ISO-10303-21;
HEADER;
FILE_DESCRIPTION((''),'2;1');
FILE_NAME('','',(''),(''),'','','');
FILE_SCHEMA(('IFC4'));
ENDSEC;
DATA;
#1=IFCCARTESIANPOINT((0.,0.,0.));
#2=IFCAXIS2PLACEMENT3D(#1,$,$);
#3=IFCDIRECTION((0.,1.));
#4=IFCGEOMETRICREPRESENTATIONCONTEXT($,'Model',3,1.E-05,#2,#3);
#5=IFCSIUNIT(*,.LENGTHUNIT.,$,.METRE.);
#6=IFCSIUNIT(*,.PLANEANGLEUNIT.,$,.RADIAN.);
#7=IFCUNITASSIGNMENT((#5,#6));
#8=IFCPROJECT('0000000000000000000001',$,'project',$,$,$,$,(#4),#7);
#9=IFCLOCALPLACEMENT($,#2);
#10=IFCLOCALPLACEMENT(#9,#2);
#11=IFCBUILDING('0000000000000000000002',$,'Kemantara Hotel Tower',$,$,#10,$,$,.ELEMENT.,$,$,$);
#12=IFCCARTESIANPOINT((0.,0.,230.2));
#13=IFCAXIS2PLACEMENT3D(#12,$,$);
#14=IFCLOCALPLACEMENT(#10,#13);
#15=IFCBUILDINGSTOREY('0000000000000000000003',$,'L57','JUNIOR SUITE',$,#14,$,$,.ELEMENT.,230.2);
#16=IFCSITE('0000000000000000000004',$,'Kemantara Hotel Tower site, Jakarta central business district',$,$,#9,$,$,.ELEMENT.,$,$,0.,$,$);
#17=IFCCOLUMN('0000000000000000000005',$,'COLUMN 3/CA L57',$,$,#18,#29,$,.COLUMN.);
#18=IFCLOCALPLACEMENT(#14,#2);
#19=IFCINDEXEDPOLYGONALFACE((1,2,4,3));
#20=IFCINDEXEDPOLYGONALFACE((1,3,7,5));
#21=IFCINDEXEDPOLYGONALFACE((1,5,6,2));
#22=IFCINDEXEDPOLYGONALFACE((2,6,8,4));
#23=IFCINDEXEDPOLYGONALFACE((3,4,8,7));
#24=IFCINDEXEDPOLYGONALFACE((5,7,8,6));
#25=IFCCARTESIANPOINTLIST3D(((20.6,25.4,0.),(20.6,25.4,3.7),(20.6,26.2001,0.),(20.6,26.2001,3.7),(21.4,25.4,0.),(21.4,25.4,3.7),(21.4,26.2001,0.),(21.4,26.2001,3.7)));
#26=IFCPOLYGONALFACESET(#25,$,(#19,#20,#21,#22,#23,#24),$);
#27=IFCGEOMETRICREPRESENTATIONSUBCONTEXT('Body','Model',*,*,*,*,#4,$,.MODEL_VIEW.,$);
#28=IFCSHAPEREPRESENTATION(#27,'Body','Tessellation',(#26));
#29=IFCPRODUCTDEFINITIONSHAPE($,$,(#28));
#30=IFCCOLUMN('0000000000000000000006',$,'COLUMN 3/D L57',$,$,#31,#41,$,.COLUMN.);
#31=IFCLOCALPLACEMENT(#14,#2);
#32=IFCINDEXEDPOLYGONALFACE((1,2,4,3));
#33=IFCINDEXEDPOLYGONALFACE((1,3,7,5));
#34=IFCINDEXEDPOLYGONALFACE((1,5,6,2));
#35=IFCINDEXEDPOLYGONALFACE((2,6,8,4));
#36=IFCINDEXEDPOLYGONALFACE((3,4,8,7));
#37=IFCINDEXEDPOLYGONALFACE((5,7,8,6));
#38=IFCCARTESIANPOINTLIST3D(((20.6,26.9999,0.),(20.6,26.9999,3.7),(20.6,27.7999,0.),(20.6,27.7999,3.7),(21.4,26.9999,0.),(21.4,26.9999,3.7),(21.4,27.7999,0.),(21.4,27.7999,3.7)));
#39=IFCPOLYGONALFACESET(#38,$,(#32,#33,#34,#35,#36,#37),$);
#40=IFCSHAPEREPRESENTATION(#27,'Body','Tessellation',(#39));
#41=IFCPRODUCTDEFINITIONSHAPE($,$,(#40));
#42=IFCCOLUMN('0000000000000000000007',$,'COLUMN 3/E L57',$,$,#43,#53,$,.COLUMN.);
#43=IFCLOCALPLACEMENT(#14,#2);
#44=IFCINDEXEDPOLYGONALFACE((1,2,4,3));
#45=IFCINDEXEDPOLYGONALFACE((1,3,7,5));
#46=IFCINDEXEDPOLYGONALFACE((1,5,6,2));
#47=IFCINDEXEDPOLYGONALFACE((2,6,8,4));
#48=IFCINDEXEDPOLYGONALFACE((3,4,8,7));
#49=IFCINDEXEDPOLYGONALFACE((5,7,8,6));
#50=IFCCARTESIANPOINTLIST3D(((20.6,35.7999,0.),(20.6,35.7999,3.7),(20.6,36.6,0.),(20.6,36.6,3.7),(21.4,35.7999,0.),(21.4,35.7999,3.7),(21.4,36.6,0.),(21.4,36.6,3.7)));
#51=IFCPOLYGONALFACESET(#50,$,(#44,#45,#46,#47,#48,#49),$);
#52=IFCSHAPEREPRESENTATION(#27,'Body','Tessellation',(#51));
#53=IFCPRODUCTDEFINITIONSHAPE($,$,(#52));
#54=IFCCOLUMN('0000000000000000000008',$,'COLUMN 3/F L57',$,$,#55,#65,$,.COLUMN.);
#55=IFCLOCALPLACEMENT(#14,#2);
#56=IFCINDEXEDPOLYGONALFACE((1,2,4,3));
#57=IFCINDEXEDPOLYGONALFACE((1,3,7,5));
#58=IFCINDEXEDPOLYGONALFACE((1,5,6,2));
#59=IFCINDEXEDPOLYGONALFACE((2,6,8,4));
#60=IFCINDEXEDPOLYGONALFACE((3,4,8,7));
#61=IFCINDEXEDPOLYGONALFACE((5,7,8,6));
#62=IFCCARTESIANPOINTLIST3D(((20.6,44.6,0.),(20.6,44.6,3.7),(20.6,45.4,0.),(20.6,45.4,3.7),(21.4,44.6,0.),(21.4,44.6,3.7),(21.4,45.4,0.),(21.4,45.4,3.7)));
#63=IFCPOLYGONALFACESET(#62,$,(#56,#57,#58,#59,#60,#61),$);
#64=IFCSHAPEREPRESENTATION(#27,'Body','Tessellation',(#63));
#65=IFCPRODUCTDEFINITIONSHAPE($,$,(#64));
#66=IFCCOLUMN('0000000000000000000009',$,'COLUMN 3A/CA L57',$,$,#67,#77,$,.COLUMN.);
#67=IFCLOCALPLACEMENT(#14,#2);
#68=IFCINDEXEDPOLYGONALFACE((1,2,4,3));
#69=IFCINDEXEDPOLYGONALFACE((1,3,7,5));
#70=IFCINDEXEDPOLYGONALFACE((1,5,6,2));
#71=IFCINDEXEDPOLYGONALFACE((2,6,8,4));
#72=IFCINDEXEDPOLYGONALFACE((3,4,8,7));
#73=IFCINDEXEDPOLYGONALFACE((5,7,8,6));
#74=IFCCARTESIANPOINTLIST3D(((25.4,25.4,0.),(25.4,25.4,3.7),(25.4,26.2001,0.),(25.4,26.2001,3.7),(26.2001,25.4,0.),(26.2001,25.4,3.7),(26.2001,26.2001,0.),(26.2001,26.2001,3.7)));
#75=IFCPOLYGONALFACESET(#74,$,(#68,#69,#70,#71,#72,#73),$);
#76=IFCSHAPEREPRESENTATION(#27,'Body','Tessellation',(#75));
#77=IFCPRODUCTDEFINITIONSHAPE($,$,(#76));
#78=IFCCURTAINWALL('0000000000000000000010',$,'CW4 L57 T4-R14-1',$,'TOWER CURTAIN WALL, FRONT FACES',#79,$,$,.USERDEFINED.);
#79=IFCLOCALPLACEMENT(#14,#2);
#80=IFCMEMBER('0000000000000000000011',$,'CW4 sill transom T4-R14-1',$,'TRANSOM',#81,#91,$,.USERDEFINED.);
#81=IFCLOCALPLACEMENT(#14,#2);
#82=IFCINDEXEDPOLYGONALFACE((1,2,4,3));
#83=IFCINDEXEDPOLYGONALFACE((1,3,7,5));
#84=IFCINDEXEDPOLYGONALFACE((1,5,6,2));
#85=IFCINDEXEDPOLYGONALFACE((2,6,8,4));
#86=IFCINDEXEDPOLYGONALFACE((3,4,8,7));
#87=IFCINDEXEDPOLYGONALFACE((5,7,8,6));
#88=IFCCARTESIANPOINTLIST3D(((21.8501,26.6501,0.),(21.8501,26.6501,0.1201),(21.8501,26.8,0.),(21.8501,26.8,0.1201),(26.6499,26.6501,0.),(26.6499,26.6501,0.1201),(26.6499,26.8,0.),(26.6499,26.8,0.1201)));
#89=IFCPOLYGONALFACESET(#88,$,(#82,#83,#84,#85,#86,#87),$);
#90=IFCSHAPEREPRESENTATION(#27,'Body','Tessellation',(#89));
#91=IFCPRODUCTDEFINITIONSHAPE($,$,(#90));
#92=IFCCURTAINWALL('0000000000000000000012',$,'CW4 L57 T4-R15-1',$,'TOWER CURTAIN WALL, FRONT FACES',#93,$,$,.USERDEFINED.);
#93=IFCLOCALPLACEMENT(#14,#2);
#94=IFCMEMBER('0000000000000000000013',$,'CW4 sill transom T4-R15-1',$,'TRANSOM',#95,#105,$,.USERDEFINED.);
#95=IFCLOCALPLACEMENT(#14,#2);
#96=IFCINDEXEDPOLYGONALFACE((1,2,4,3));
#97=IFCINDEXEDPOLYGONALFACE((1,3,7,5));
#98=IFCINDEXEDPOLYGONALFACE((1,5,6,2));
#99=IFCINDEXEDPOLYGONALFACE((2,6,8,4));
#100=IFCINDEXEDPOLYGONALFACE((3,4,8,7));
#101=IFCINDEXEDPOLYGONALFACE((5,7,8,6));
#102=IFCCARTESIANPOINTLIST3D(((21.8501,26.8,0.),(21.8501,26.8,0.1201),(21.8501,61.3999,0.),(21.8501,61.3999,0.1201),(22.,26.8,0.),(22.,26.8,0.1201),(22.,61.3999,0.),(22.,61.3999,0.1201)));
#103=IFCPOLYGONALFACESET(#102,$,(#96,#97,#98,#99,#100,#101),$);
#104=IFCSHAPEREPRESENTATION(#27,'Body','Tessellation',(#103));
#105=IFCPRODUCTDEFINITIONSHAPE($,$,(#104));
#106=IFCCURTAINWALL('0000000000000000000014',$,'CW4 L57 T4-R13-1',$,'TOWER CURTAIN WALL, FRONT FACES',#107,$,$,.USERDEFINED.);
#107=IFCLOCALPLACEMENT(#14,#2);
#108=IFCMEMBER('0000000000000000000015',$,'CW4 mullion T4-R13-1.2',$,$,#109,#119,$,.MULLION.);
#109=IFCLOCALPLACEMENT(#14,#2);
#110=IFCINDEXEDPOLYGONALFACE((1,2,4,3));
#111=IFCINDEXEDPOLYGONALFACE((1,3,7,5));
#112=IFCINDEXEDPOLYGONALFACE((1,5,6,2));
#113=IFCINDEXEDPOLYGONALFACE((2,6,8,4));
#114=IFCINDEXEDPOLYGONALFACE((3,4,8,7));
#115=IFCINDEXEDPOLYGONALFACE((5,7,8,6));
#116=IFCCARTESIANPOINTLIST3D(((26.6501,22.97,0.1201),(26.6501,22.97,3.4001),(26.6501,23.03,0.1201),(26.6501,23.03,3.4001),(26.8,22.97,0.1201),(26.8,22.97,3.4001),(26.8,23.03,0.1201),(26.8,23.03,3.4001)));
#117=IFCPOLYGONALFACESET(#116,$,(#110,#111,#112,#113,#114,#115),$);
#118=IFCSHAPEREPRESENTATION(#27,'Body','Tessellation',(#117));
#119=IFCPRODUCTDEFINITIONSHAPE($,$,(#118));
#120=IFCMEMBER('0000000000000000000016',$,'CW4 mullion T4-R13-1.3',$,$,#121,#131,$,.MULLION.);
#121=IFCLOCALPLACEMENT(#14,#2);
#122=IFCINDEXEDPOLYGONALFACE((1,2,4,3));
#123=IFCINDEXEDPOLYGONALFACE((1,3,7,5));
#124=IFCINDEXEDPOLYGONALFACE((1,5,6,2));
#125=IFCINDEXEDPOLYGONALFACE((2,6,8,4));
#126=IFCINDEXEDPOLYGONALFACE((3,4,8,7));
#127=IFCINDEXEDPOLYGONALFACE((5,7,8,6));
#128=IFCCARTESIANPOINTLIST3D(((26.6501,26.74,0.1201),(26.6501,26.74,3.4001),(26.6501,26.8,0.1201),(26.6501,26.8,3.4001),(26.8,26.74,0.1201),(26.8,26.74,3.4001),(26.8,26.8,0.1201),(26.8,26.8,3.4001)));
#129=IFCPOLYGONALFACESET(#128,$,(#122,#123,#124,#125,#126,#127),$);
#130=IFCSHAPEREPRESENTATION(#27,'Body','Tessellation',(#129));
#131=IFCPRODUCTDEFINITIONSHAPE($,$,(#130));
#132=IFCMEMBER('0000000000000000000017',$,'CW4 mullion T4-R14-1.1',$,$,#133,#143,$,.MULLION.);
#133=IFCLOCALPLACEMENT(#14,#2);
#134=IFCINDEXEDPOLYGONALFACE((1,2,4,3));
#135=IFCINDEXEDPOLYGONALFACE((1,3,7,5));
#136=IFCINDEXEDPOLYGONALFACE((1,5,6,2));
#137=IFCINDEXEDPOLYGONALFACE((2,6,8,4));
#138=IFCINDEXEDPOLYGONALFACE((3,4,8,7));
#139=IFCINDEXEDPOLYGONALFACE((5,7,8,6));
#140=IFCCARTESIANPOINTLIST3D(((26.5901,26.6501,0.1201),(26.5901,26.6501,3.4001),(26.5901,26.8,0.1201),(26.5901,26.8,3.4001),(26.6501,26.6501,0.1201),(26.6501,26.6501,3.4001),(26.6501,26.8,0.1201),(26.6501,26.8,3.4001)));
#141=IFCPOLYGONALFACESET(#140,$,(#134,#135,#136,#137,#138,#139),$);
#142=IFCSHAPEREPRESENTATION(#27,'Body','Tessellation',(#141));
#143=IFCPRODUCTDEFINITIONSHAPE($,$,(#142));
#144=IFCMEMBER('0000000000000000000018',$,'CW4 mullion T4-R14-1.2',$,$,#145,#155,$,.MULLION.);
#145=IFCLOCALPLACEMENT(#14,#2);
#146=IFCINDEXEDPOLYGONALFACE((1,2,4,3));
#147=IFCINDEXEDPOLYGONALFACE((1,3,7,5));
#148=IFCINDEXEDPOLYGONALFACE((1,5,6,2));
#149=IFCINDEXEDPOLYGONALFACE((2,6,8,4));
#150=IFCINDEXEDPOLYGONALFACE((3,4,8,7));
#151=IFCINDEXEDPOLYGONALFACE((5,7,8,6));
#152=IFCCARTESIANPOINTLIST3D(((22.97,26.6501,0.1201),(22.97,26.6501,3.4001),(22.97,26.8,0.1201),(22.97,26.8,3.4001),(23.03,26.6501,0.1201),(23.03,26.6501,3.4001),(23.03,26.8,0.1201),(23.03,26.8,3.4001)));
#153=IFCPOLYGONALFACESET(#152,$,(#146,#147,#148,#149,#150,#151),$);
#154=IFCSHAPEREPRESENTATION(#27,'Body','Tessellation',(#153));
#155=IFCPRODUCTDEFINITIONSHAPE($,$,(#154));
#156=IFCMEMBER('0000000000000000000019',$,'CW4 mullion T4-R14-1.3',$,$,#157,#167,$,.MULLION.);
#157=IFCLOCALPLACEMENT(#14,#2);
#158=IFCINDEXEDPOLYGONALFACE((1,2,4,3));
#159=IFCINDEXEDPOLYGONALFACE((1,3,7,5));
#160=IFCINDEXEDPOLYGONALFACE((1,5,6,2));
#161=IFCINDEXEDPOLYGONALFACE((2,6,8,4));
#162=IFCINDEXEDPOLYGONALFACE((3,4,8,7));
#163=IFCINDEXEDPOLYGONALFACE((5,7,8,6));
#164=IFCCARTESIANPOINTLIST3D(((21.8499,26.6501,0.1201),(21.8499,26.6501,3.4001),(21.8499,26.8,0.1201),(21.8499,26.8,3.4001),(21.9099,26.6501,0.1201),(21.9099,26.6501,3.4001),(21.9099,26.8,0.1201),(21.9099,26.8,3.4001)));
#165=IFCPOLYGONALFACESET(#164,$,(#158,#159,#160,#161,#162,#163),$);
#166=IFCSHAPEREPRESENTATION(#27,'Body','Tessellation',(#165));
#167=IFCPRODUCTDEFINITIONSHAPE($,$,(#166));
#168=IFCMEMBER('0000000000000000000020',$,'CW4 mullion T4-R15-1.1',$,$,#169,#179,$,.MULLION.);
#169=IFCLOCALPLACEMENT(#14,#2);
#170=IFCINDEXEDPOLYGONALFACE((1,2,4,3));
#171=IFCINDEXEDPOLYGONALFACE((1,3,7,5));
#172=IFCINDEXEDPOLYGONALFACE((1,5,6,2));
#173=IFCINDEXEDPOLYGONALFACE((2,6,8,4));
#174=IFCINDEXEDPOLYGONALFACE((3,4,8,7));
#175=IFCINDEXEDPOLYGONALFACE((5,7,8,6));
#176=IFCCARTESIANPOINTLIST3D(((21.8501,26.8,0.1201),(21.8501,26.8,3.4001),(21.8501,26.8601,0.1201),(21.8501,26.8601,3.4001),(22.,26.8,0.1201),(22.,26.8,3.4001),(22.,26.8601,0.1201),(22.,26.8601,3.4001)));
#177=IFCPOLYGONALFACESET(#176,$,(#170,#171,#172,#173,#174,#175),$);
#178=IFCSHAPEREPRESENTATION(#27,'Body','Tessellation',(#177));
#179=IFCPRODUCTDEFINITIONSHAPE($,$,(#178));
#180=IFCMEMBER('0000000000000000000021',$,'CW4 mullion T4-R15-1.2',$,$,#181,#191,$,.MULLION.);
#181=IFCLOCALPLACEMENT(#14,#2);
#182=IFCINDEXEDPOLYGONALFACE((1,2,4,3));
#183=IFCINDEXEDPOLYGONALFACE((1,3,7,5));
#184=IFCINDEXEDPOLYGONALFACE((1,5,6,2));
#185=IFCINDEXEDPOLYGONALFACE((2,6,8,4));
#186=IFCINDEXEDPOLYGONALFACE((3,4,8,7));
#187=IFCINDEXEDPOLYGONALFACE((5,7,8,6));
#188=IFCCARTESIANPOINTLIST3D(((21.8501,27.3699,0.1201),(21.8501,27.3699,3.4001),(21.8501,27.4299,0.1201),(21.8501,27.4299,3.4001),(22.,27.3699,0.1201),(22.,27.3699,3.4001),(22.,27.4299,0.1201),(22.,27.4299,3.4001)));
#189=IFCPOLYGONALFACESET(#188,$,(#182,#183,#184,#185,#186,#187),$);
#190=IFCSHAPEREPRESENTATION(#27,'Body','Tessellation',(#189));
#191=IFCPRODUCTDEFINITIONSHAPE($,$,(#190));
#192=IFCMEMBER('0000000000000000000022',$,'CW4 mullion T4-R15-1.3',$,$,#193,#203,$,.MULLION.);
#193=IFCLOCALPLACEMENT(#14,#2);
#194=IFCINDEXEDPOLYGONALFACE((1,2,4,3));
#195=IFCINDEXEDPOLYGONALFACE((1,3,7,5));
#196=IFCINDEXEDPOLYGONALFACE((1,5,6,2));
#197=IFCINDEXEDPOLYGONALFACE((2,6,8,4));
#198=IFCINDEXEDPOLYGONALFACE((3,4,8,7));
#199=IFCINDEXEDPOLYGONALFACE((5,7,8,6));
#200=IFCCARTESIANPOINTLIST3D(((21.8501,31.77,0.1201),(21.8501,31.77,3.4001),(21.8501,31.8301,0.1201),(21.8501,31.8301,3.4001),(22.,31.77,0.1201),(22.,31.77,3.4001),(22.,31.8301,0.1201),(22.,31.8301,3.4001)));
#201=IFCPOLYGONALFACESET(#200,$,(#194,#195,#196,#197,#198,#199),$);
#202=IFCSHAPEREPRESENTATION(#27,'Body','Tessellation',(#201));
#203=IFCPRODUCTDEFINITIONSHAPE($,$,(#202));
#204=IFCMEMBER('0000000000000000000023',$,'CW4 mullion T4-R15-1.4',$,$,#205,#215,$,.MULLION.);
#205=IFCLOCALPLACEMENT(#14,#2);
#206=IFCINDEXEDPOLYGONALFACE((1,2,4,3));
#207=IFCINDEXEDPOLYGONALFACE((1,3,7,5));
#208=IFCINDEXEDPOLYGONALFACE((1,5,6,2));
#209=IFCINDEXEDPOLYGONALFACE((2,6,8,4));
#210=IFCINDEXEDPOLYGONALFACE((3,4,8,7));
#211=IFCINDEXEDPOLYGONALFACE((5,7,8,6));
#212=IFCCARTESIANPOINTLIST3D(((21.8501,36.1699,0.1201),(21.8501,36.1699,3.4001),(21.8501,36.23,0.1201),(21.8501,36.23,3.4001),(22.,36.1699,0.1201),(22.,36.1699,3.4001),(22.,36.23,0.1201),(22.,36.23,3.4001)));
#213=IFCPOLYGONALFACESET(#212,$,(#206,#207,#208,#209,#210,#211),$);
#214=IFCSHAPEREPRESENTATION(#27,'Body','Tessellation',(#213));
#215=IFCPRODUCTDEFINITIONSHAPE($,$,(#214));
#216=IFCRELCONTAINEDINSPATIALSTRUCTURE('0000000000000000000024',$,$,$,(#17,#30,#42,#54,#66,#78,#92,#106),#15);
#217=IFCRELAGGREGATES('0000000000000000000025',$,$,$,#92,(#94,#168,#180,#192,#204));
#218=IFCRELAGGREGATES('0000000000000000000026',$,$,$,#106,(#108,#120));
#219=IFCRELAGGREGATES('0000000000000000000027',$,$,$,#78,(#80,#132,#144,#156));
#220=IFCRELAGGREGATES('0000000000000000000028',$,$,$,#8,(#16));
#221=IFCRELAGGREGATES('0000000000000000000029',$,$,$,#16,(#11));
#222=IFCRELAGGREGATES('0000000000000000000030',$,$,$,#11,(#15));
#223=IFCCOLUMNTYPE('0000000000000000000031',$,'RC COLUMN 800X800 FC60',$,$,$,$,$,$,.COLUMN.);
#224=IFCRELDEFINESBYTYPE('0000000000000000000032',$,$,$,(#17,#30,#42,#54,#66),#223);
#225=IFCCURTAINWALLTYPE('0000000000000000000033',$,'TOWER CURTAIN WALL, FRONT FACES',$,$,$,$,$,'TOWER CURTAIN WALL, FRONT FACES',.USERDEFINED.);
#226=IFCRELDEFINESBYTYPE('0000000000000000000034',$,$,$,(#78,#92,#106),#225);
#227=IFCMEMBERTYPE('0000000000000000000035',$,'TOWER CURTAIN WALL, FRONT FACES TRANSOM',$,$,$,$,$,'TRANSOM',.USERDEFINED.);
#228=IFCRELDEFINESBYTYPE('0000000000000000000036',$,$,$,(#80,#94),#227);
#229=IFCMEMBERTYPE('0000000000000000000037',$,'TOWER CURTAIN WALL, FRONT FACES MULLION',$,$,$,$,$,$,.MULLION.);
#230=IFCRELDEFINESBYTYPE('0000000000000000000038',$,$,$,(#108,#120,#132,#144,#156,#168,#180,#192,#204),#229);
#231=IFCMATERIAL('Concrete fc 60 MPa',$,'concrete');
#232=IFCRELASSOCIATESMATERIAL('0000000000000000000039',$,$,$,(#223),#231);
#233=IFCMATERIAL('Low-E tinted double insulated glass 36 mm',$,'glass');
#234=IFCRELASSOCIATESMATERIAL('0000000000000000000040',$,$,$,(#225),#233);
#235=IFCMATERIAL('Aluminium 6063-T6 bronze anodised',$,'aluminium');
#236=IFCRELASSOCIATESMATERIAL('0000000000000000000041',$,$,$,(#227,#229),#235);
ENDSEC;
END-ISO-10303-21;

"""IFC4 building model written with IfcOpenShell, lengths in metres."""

from ifc_helpers import new_model, si_unit, direction, frame, origin, origin_2d, place, context, subcontext, project, spatial, rectangle, extrude, source, transform, mapped, material, material_profile, profile_set, type_object, element, aggregate, save


model = new_model("IFC4")

# Units and contexts
model_context = context("Model", 3, precision=1e-05, world=origin(), true_north=direction((0.0, 1.0)))
body_context = subcontext(model_context, "Body", "Model", "MODEL_VIEW")
ifc_project = project(units=[si_unit("LENGTHUNIT", "METRE"), si_unit("PLANEANGLEUNIT", "RADIAN")], contexts=[model_context])

# Site, building, storey
site_placement = place(None, origin())
site = spatial("IfcSite", under=ifc_project, at=site_placement, Name="Kemantara Hotel Tower site, Jakarta central business district", CompositionType="ELEMENT", RefElevation=0.0)
building_placement = place(site_placement, origin())
building = spatial("IfcBuilding", under=site, at=building_placement, Name="Kemantara Hotel Tower", CompositionType="ELEMENT")
storey_placement = place(building_placement, frame((0.0, 0.0, 230.2)))
storey = spatial("IfcBuildingStorey", under=building, at=storey_placement, Name="L57", Description="JUNIOR SUITE", CompositionType="ELEMENT", Elevation=230.2)

# Columns
ifc_material_1 = material(Name="Concrete fc 60 MPa", Category="concrete")
ifc_material_profile_1 = material_profile(ifc_material_1, rectangle(XDim=0.8, YDim=0.8, at=origin_2d()), Name="RC 800X800")
ifc_profile_set_1 = profile_set([ifc_material_profile_1], Name="Concrete fc 60 MPa")
column_type = type_object("IfcColumnType", Name="RC COLUMN 800X800 FC60", PredefinedType="COLUMN", material=ifc_profile_set_1)
for number, where, z_axis, x_axis, name in (
    (1, (21.0, 25.8, 0.0), (0.0, 0.0, 1.0), (1.0, 0.0, 0.0), "COLUMN 3/CA L57"),
    (2, (21.0, 27.3999, 0.0), (0.0, 0.0, 1.0), (1.0, 0.0, 0.0), "COLUMN 3/D L57"),
    (3, (21.0, 36.2, 0.0), (0.0, 0.0, 1.0), (1.0, 0.0, 0.0), "COLUMN 3/E L57"),
    (4, (21.0, 45.0, 0.0), (0.0, 0.0, 1.0), (1.0, 0.0, 0.0), "COLUMN 3/F L57"),
    (5, (25.8, 25.8, 0.0), (0.0, 0.0, 1.0), (1.0, 0.0, 0.0), "COLUMN 3A/CA L57"),
):
    element("IfcColumn", number, at=place(storey_placement, frame(where, z_axis=z_axis, x_axis=x_axis)), inside=storey, type_object=column_type, Name=name, PredefinedType="COLUMN", context=body_context, shape_type="SweptSolid", body=[
        extrude(rectangle(XDim=0.8, YDim=0.8, at=origin_2d()), origin(), (0.0, 0.0, 1.0), 3.7),
    ])

# Curtain walls, members
ifc_material_2 = material(Name="Low-E tinted double insulated glass 36 mm", Category="glass")
curtain_wall_type = type_object("IfcCurtainWallType", Name="TOWER CURTAIN WALL, FRONT FACES", ElementType="TOWER CURTAIN WALL, FRONT FACES", PredefinedType="USERDEFINED", material=ifc_material_2)
curtain_wall_1_placement = place(storey_placement, origin())
curtain_wall_1 = element("IfcCurtainWall", 6, at=curtain_wall_1_placement, inside=storey, type_object=curtain_wall_type, Name="CW4 L57 T4-R14-1", ObjectType="TOWER CURTAIN WALL, FRONT FACES", PredefinedType="USERDEFINED")
ifc_material_3 = material(Name="Aluminium 6063-T6 bronze anodised", Category="aluminium")
ifc_material_profile_2 = material_profile(ifc_material_3, rectangle(XDim=0.1499, YDim=0.1201, at=origin_2d()), Name="TOWER CURTAIN WALL, FRONT FACES TRANSOM")
ifc_profile_set_2 = profile_set([ifc_material_profile_2], Name="Aluminium 6063-T6 bronze anodised")
member_type_1 = type_object("IfcMemberType", Name="TOWER CURTAIN WALL, FRONT FACES TRANSOM", ElementType="TRANSOM", PredefinedType="USERDEFINED", material=ifc_profile_set_2)
member_1_placement = place(storey_placement, frame((26.6499, 26.7251, 0.0601), z_axis=(-1.0, 0.0, 0.0), x_axis=(0.0, -1.0, 0.0)))
member_1 = element("IfcMember", 7, at=member_1_placement, type_object=member_type_1, Name="CW4 sill transom T4-R14-1", ObjectType="TRANSOM", PredefinedType="USERDEFINED", context=body_context, shape_type="SweptSolid", body=[
    extrude(rectangle(XDim=0.1499, YDim=0.1201, at=origin_2d()), origin(), (0.0, 0.0, 1.0), 4.7998),
])
curtain_wall_2_placement = place(storey_placement, origin())
curtain_wall_2 = element("IfcCurtainWall", 8, at=curtain_wall_2_placement, inside=storey, type_object=curtain_wall_type, Name="CW4 L57 T4-R15-1", ObjectType="TOWER CURTAIN WALL, FRONT FACES", PredefinedType="USERDEFINED")
member_2_placement = place(storey_placement, frame((21.925, 26.8, 0.0601), z_axis=(0.0, 1.0, 0.0), x_axis=(-1.0, 0.0, 0.0)))
member_2 = element("IfcMember", 9, at=member_2_placement, type_object=member_type_1, Name="CW4 sill transom T4-R15-1", ObjectType="TRANSOM", PredefinedType="USERDEFINED", context=body_context, shape_type="SweptSolid", body=[
    extrude(rectangle(XDim=0.1499, YDim=0.1201, at=origin_2d()), origin(), (0.0, 0.0, 1.0), 34.5999),
])

# Curtain wall, members
curtain_wall_3_placement = place(storey_placement, origin())
curtain_wall_3 = element("IfcCurtainWall", 10, at=curtain_wall_3_placement, inside=storey, type_object=curtain_wall_type, Name="CW4 L57 T4-R13-1", ObjectType="TOWER CURTAIN WALL, FRONT FACES", PredefinedType="USERDEFINED")
ifc_material_profile_3 = material_profile(ifc_material_3, rectangle(XDim=0.1499, YDim=0.0601, at=origin_2d()), Name="TOWER CURTAIN WALL, FRONT FACES MULLION")
ifc_profile_set_3 = profile_set([ifc_material_profile_3], Name="Aluminium 6063-T6 bronze anodised")
member_type_2 = type_object("IfcMemberType", Name="TOWER CURTAIN WALL, FRONT FACES MULLION", PredefinedType="MULLION", material=ifc_profile_set_3)
shared_shape_1 = source(origin(), body_context, "Body", "SweptSolid", [
    extrude(rectangle(XDim=0.1499, YDim=0.0601, at=origin_2d()), origin(), (0.0, 0.0, 1.0), 3.28),
])
member_3_placement = place(storey_placement, frame((26.7251, 23.0, 0.1201), z_axis=(0.0, 0.0, 1.0), x_axis=(-1.0, 0.0, 0.0)))
member_3 = element("IfcMember", 11, at=member_3_placement, type_object=member_type_2, Name="CW4 mullion T4-R13-1.2", PredefinedType="MULLION", context=body_context, shape_type="MappedRepresentation", body=[
    mapped(shared_shape_1, transform((0.0, 0.0, 0.0))),
])
member_4_placement = place(storey_placement, frame((26.7251, 26.77, 0.1201), z_axis=(0.0, 0.0, 1.0), x_axis=(-1.0, 0.0, 0.0)))
member_4 = element("IfcMember", 12, at=member_4_placement, type_object=member_type_2, Name="CW4 mullion T4-R13-1.3", PredefinedType="MULLION", context=body_context, shape_type="MappedRepresentation", body=[
    mapped(shared_shape_1, transform((0.0, 0.0, 0.0))),
])

# Members
member_5_placement = place(storey_placement, frame((26.6201, 26.7251, 0.1201), z_axis=(0.0, 0.0, 1.0), x_axis=(0.0, -1.0, 0.0)))
member_5 = element("IfcMember", 13, at=member_5_placement, type_object=member_type_2, Name="CW4 mullion T4-R14-1.1", PredefinedType="MULLION", context=body_context, shape_type="MappedRepresentation", body=[
    mapped(shared_shape_1, transform((0.0, 0.0, 0.0))),
])
member_6_placement = place(storey_placement, frame((23.0, 26.7251, 0.1201), z_axis=(0.0, 0.0, 1.0), x_axis=(0.0, -1.0, 0.0)))
member_6 = element("IfcMember", 14, at=member_6_placement, type_object=member_type_2, Name="CW4 mullion T4-R14-1.2", PredefinedType="MULLION", context=body_context, shape_type="MappedRepresentation", body=[
    mapped(shared_shape_1, transform((0.0, 0.0, 0.0))),
])
member_7_placement = place(storey_placement, frame((21.8799, 26.7251, 0.1201), z_axis=(0.0, 0.0, 1.0), x_axis=(0.0, -1.0, 0.0)))
member_7 = element("IfcMember", 15, at=member_7_placement, type_object=member_type_2, Name="CW4 mullion T4-R14-1.3", PredefinedType="MULLION", context=body_context, shape_type="MappedRepresentation", body=[
    mapped(shared_shape_1, transform((0.0, 0.0, 0.0))),
])
member_8_placement = place(storey_placement, frame((21.925, 26.8301, 0.1201), z_axis=(0.0, 0.0, 1.0), x_axis=(-1.0, 0.0, 0.0)))
member_8 = element("IfcMember", 16, at=member_8_placement, type_object=member_type_2, Name="CW4 mullion T4-R15-1.1", PredefinedType="MULLION", context=body_context, shape_type="MappedRepresentation", body=[
    mapped(shared_shape_1, transform((0.0, 0.0, 0.0))),
])
member_9_placement = place(storey_placement, frame((21.925, 27.3999, 0.1201), z_axis=(0.0, 0.0, 1.0), x_axis=(-1.0, 0.0, 0.0)))
member_9 = element("IfcMember", 17, at=member_9_placement, type_object=member_type_2, Name="CW4 mullion T4-R15-1.2", PredefinedType="MULLION", context=body_context, shape_type="MappedRepresentation", body=[
    mapped(shared_shape_1, transform((0.0, 0.0, 0.0))),
])
member_10_placement = place(storey_placement, frame((21.925, 31.8, 0.1201), z_axis=(0.0, 0.0, 1.0), x_axis=(-1.0, 0.0, 0.0)))
member_10 = element("IfcMember", 18, at=member_10_placement, type_object=member_type_2, Name="CW4 mullion T4-R15-1.3", PredefinedType="MULLION", context=body_context, shape_type="MappedRepresentation", body=[
    mapped(shared_shape_1, transform((0.0, 0.0, 0.0))),
])
member_11_placement = place(storey_placement, frame((21.925, 36.2, 0.1201), z_axis=(0.0, 0.0, 1.0), x_axis=(-1.0, 0.0, 0.0)))
member_11 = element("IfcMember", 19, at=member_11_placement, type_object=member_type_2, Name="CW4 mullion T4-R15-1.4", PredefinedType="MULLION", context=body_context, shape_type="MappedRepresentation", body=[
    mapped(shared_shape_1, transform((0.0, 0.0, 0.0))),
])

aggregate(curtain_wall_2, [member_2, member_8, member_9, member_10, member_11])
aggregate(curtain_wall_3, [member_3, member_4])
aggregate(curtain_wall_1, [member_1, member_5, member_6, member_7])

save(model, "model.ifc")
